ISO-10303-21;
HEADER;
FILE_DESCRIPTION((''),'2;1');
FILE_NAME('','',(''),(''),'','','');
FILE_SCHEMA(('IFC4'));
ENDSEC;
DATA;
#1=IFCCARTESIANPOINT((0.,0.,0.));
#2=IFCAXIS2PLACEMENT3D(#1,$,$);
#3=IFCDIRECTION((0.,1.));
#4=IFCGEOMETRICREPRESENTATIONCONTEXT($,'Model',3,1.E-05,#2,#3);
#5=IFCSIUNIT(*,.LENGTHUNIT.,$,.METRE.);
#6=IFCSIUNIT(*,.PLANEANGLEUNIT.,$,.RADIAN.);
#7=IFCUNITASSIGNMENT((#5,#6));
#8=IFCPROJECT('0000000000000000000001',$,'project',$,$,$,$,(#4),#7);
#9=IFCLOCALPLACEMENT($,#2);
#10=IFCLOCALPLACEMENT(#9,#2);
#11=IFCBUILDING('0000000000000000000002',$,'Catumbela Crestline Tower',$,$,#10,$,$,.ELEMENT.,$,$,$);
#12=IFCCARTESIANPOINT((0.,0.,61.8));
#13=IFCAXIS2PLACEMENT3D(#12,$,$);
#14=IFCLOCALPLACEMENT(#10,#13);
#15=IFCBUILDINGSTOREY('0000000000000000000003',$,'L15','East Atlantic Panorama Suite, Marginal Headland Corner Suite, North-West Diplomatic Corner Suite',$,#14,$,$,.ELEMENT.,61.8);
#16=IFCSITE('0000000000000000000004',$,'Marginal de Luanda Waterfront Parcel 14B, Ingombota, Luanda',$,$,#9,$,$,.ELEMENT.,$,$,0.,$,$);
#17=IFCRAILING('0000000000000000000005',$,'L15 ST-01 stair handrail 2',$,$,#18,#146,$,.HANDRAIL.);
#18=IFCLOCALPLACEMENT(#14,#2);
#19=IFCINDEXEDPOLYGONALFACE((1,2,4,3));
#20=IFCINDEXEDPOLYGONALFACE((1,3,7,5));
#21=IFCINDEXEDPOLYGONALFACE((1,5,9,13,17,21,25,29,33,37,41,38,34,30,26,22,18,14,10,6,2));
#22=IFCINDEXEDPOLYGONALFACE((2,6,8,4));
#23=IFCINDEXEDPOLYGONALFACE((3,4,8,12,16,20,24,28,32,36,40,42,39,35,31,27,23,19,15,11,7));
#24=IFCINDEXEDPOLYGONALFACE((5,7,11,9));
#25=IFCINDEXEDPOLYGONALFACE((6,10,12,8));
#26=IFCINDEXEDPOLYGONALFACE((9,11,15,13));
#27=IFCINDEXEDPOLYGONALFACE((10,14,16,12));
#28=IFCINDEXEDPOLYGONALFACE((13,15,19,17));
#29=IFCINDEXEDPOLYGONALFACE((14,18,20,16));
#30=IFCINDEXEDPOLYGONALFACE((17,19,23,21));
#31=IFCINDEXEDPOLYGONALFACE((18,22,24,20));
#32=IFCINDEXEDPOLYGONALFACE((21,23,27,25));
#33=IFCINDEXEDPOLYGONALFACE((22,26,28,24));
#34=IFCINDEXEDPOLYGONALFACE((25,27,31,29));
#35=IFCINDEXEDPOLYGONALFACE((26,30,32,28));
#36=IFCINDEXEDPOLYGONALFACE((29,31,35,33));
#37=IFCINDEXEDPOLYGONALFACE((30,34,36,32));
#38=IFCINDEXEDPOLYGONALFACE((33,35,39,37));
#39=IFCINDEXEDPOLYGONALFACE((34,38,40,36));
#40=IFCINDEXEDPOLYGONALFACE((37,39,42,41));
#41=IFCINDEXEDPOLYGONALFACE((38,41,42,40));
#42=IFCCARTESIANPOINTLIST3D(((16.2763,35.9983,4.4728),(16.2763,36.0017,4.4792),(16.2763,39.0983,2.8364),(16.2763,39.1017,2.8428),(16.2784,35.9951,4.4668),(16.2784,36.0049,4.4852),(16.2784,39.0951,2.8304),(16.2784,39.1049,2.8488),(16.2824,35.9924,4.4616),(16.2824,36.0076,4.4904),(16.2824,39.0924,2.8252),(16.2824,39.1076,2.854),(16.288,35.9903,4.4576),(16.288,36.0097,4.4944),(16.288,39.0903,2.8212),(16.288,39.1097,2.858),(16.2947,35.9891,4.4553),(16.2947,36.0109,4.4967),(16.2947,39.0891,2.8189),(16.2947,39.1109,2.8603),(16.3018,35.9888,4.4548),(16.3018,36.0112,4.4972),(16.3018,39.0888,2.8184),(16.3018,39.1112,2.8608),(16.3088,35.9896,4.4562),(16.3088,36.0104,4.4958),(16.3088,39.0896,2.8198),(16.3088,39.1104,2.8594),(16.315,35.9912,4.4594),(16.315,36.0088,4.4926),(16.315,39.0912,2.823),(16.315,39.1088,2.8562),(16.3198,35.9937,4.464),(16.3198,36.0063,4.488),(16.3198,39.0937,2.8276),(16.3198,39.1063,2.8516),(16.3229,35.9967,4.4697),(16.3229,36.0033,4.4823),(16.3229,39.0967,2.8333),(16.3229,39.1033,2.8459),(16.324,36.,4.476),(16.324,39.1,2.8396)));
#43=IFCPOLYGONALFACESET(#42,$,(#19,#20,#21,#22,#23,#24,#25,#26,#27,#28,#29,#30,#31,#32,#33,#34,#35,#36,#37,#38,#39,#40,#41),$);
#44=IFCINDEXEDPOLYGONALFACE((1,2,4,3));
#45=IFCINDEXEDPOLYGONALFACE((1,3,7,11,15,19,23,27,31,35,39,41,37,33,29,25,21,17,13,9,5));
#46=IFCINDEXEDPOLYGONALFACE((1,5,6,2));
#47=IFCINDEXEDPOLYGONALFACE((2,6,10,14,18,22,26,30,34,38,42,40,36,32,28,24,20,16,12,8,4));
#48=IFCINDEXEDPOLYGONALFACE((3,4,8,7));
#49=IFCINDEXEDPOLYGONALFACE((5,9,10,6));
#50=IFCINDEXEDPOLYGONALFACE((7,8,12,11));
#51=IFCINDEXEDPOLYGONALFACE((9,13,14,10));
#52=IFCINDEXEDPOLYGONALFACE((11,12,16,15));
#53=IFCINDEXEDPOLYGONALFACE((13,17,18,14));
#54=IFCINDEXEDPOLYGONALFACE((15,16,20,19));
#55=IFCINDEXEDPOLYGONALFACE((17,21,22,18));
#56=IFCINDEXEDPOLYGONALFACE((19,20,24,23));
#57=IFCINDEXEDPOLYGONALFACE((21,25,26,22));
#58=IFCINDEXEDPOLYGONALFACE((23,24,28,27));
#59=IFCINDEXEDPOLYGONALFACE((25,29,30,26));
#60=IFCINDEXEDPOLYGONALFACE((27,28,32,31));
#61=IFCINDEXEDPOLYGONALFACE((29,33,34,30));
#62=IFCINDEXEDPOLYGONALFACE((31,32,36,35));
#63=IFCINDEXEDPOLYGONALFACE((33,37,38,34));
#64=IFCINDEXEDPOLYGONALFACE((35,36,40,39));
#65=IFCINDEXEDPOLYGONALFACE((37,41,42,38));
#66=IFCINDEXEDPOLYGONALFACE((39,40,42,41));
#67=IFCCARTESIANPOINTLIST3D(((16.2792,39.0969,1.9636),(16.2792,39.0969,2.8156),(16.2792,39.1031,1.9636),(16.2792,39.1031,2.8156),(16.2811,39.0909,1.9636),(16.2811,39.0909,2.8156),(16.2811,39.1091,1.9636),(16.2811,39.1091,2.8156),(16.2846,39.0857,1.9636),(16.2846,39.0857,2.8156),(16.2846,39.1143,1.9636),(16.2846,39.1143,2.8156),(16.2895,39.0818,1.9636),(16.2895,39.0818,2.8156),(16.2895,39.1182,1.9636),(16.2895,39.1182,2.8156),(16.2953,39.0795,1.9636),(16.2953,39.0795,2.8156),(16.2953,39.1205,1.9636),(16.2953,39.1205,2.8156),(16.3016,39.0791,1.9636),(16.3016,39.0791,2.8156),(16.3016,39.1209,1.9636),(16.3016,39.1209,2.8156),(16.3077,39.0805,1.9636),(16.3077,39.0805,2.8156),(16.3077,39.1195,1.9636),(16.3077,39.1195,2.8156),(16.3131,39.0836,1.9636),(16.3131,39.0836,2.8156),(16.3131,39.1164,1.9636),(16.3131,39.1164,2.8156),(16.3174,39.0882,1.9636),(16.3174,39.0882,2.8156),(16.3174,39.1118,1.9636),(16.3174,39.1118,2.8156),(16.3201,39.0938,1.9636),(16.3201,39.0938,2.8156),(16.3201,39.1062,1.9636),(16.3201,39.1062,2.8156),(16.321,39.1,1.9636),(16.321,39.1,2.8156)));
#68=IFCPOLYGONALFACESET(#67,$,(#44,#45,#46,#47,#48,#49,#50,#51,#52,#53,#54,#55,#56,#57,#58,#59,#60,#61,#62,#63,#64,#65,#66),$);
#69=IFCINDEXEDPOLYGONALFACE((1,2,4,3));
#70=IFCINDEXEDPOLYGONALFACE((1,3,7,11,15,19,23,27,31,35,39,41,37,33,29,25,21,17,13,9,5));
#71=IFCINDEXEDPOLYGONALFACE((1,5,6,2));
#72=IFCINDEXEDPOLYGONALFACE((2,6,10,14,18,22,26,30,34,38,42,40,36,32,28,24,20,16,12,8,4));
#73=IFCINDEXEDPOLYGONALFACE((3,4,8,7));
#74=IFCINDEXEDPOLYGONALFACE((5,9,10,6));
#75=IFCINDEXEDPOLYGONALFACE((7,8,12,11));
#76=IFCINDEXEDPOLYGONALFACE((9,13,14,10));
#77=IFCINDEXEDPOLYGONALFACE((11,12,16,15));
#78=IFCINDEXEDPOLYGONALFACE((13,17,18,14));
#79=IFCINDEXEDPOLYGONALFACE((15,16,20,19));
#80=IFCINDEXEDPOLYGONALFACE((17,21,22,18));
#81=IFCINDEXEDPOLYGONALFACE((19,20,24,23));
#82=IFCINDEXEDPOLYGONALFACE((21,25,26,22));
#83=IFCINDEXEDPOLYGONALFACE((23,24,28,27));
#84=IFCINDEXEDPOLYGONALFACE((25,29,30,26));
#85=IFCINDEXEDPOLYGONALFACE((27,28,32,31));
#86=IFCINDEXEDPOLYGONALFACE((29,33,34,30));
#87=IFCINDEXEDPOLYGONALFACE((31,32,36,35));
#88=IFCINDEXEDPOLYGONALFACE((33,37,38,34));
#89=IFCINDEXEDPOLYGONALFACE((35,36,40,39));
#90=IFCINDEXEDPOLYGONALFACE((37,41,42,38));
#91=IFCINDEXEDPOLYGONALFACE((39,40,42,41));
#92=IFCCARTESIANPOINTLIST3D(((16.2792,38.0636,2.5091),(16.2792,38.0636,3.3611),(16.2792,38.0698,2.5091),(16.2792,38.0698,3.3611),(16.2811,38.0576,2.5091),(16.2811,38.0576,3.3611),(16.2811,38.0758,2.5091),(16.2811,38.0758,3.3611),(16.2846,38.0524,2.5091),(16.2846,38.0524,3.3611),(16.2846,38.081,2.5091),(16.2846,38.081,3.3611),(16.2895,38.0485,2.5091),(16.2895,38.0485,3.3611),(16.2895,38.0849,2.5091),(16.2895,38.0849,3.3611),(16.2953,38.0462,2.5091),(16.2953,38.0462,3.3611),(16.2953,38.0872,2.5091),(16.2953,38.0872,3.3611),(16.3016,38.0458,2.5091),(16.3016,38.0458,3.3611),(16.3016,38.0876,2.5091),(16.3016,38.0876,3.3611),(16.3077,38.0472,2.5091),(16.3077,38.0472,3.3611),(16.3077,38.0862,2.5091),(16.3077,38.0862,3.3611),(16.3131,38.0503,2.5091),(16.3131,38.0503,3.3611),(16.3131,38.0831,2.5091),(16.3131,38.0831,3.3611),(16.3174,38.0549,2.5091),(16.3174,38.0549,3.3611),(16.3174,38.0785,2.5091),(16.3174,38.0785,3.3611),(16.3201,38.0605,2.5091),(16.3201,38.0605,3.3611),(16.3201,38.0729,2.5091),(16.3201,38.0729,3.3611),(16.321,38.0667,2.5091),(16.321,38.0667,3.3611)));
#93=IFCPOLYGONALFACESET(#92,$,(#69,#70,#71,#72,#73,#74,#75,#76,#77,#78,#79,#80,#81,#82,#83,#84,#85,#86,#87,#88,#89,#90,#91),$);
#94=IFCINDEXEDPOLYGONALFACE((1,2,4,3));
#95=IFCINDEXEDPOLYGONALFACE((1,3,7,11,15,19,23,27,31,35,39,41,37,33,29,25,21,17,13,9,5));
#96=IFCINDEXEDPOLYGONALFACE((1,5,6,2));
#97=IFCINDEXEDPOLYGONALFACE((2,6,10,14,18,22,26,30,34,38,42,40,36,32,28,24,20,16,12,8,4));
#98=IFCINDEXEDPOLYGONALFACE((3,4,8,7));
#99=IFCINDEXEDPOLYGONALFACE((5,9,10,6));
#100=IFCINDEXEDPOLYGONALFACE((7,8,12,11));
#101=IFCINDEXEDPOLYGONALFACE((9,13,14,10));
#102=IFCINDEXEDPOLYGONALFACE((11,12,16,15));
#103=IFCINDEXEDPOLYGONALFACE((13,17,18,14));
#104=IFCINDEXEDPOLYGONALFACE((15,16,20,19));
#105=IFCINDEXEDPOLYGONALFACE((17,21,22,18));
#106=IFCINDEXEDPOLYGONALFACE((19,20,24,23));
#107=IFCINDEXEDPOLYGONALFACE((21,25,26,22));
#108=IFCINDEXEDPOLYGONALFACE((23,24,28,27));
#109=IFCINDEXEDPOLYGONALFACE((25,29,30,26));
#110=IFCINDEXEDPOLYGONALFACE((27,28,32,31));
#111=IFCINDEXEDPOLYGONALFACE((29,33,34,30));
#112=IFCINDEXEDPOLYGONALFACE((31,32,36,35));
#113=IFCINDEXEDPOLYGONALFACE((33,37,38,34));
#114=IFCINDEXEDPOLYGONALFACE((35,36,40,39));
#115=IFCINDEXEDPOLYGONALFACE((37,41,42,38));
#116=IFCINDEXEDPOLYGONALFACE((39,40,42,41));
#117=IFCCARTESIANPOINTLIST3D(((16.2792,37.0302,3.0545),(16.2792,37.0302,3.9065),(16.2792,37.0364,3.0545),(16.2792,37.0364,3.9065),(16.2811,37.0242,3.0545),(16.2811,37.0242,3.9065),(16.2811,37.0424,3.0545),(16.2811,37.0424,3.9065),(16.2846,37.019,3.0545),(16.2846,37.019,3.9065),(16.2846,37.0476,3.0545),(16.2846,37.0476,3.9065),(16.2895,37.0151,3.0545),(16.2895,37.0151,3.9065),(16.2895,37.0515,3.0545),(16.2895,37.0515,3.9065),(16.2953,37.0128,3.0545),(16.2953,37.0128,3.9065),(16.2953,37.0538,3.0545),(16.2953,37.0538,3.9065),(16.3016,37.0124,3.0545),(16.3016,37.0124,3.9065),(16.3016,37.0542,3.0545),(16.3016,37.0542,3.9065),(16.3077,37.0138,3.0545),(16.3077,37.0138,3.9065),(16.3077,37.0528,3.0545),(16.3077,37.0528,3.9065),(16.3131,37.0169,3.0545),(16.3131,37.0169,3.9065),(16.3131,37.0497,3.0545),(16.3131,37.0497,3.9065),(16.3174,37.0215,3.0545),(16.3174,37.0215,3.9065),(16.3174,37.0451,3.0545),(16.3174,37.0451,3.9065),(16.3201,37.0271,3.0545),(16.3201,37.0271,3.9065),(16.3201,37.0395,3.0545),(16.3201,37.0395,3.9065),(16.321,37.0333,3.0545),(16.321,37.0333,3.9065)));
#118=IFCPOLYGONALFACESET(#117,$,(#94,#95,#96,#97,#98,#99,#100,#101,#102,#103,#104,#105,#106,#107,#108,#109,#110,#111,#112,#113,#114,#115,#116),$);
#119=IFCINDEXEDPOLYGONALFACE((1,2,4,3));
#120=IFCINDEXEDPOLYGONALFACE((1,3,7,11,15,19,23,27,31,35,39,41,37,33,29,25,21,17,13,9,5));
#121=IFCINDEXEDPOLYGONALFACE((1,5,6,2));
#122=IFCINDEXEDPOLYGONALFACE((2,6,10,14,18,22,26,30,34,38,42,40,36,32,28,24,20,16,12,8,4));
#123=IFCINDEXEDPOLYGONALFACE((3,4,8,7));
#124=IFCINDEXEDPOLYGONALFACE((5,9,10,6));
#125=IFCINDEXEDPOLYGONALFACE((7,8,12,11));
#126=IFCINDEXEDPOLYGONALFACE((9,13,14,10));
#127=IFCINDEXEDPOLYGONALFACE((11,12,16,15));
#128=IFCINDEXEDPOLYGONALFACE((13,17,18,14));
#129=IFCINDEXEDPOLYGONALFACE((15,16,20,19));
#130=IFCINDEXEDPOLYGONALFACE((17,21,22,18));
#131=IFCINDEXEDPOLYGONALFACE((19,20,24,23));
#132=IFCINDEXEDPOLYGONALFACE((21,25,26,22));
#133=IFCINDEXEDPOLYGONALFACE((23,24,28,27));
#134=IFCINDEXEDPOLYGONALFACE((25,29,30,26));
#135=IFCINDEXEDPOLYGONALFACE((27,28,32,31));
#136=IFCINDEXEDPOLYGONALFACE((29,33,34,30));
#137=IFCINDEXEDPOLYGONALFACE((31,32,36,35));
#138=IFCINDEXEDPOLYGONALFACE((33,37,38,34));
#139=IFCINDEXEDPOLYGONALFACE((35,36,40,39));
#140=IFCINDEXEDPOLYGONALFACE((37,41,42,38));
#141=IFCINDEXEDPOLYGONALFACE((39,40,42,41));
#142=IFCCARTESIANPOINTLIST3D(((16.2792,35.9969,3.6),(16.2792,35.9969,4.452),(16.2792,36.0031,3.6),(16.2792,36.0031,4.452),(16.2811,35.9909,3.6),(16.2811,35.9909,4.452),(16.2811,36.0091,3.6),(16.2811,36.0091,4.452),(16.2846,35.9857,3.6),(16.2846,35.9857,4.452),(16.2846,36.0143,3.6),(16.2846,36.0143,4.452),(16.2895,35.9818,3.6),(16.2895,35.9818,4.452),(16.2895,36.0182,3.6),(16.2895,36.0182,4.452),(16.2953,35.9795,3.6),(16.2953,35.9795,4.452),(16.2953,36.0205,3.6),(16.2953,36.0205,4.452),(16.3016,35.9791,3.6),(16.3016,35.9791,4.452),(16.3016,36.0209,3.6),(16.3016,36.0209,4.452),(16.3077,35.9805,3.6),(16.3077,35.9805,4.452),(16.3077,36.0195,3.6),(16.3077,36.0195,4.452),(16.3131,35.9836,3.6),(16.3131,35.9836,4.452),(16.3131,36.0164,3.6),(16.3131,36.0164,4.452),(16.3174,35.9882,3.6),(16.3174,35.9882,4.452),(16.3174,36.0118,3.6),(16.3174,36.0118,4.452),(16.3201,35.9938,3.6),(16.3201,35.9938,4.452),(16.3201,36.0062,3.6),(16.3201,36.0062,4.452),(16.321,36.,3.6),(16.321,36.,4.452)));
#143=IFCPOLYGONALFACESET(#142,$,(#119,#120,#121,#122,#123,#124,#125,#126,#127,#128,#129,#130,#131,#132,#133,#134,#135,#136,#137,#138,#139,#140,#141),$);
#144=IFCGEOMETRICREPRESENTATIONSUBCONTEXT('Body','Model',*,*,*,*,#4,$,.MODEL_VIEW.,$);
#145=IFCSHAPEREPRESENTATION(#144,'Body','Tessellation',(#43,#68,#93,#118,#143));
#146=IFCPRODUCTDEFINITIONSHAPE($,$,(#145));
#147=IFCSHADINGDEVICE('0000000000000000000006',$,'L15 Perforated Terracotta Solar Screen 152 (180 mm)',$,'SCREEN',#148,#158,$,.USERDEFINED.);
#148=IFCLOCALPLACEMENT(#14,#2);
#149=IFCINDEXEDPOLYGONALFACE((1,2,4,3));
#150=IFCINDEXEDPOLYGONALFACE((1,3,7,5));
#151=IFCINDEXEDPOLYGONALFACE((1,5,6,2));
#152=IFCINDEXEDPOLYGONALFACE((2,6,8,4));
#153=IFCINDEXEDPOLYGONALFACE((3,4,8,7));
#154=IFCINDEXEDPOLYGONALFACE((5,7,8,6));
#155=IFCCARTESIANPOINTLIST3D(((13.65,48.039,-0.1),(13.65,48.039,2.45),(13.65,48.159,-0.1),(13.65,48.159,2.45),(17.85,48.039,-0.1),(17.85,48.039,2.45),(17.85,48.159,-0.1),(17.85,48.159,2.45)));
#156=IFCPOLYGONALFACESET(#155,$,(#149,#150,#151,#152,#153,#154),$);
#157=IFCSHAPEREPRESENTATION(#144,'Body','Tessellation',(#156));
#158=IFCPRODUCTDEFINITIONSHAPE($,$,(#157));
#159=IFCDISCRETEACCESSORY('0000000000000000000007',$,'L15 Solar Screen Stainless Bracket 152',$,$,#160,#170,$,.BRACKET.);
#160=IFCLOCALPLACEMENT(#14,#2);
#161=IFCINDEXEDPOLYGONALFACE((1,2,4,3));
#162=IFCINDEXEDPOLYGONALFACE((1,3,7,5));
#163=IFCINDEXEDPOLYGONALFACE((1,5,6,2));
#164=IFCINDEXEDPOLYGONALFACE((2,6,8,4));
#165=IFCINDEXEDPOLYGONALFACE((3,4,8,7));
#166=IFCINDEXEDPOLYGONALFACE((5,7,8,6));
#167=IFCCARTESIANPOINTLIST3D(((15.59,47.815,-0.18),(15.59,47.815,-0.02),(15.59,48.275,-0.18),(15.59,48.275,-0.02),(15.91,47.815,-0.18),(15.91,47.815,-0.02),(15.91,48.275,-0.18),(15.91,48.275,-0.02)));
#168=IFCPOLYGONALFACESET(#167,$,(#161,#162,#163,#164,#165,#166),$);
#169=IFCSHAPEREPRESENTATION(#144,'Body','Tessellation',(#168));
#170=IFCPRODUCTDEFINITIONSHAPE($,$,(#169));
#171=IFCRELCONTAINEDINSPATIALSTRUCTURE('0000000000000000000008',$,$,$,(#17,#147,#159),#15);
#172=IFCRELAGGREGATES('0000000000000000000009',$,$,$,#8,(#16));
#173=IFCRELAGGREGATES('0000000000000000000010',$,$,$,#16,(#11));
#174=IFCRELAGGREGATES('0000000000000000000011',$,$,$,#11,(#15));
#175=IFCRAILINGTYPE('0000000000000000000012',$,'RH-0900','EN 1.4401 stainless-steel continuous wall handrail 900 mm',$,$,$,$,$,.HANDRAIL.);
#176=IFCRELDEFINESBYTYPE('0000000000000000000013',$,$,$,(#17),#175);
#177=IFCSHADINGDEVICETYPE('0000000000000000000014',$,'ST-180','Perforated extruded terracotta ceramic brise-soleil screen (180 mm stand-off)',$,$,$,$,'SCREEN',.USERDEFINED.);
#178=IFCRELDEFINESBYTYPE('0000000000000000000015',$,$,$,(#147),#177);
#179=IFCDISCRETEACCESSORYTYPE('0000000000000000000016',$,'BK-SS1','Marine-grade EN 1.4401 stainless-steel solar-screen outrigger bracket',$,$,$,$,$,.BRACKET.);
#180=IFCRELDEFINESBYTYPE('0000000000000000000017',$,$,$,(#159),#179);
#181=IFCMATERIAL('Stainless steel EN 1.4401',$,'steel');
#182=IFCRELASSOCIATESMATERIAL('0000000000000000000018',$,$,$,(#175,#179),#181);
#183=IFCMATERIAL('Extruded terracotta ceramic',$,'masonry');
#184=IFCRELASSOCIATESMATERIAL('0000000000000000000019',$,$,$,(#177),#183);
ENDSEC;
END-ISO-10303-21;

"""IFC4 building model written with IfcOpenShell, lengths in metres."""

from ifc_helpers import new_model, si_unit, direction, frame, origin, origin_2d, place, context, subcontext, project, spatial, rectangle, circle, extrude, material, type_object, element, save


model = new_model("IFC4")

# Units and contexts
model_context = context("Model", 3, precision=1e-05, world=origin(), true_north=direction((0.0, 1.0)))
body_context = subcontext(model_context, "Body", "Model", "MODEL_VIEW")
ifc_project = project(units=[si_unit("LENGTHUNIT", "METRE"), si_unit("PLANEANGLEUNIT", "RADIAN")], contexts=[model_context])

# Site, building, storey
site_placement = place(None, origin())
site = spatial("IfcSite", under=ifc_project, at=site_placement, Name="Marginal de Luanda Waterfront Parcel 14B, Ingombota, Luanda", CompositionType="ELEMENT", RefElevation=0.0)
building_placement = place(site_placement, origin())
building = spatial("IfcBuilding", under=site, at=building_placement, Name="Catumbela Crestline Tower", CompositionType="ELEMENT")
storey_placement = place(building_placement, frame((0.0, 0.0, 61.8)))
storey = spatial("IfcBuildingStorey", under=building, at=storey_placement, Name="L15", Description="East Atlantic Panorama Suite, Marginal Headland Corner Suite, North-West Diplomatic Corner Suite", CompositionType="ELEMENT", Elevation=61.8)

# Shared definitions
ifc_material_1 = material(Name="Extruded terracotta ceramic", Category="masonry")

# Railing
ifc_material_2 = material(Name="Stainless steel EN 1.4401", Category="steel")
railing_type_1 = type_object("IfcRailingType", Name="RH-0900", Description="EN 1.4401 stainless-steel continuous wall handrail 900 mm", PredefinedType="HANDRAIL", material=ifc_material_2)
railing_1_placement = place(storey_placement, frame((16.3, 39.1, 1.9636)))
element("IfcRailing", 1, at=railing_1_placement, inside=storey, type_object=railing_type_1, Name="L15 ST-01 stair handrail 2", PredefinedType="HANDRAIL", context=body_context, shape_type="SweptSolid", body=[
    extrude(circle(Radius=0.024, at=origin_2d()), frame((0.0, 0.0, 0.876), z_axis=(0.0, -0.884351, 0.466823), x_axis=(1.0, 0.0, 0.0)), (0.0, 0.0, 1.0), 3.5054),
    extrude(circle(Radius=0.021, at=origin_2d()), origin(), (0.0, 0.0, 1.0), 0.852),
    extrude(circle(Radius=0.021, at=origin_2d()), frame((0.0, -1.0333, 0.5455)), (0.0, 0.0, 1.0), 0.852),
    extrude(circle(Radius=0.021, at=origin_2d()), frame((0.0, -2.0667, 1.0909)), (0.0, 0.0, 1.0), 0.852),
    extrude(circle(Radius=0.021, at=origin_2d()), frame((0.0, -3.1, 1.6364)), (0.0, 0.0, 1.0), 0.852),
])

# Shading device
shading_device_type = type_object("IfcShadingDeviceType", Name="ST-180", Description="Perforated extruded terracotta ceramic brise-soleil screen (180 mm stand-off)", ElementType="SCREEN", PredefinedType="USERDEFINED", material=ifc_material_1)
shading_device_placement = place(storey_placement, frame((15.75, 48.099, -0.1), z_axis=(0.0, 0.0, 1.0), x_axis=(-1.0, 0.0, 0.0)))
element("IfcShadingDevice", 2, at=shading_device_placement, inside=storey, type_object=shading_device_type, Name="L15 Perforated Terracotta Solar Screen 152 (180 mm)", ObjectType="SCREEN", PredefinedType="USERDEFINED", context=body_context, shape_type="SweptSolid", body=[
    extrude(rectangle(XDim=4.2, YDim=0.12, at=origin_2d()), origin(), (0.0, 0.0, 1.0), 2.55),
])

# Discrete accessory
discrete_accessory_type = type_object("IfcDiscreteAccessoryType", Name="BK-SS1", Description="Marine-grade EN 1.4401 stainless-steel solar-screen outrigger bracket", PredefinedType="BRACKET", material=ifc_material_2)
discrete_accessory_placement = place(storey_placement, frame((15.75, 48.045, -0.18), z_axis=(0.0, 0.0, 1.0), x_axis=(-1.0, 0.0, 0.0)))
element("IfcDiscreteAccessory", 3, at=discrete_accessory_placement, inside=storey, type_object=discrete_accessory_type, Name="L15 Solar Screen Stainless Bracket 152", PredefinedType="BRACKET", context=body_context, shape_type="SweptSolid", body=[
    extrude(rectangle(XDim=0.32, YDim=0.46, at=origin_2d()), origin(), (0.0, 0.0, 1.0), 0.16),
])

save(model, "model.ifc")
